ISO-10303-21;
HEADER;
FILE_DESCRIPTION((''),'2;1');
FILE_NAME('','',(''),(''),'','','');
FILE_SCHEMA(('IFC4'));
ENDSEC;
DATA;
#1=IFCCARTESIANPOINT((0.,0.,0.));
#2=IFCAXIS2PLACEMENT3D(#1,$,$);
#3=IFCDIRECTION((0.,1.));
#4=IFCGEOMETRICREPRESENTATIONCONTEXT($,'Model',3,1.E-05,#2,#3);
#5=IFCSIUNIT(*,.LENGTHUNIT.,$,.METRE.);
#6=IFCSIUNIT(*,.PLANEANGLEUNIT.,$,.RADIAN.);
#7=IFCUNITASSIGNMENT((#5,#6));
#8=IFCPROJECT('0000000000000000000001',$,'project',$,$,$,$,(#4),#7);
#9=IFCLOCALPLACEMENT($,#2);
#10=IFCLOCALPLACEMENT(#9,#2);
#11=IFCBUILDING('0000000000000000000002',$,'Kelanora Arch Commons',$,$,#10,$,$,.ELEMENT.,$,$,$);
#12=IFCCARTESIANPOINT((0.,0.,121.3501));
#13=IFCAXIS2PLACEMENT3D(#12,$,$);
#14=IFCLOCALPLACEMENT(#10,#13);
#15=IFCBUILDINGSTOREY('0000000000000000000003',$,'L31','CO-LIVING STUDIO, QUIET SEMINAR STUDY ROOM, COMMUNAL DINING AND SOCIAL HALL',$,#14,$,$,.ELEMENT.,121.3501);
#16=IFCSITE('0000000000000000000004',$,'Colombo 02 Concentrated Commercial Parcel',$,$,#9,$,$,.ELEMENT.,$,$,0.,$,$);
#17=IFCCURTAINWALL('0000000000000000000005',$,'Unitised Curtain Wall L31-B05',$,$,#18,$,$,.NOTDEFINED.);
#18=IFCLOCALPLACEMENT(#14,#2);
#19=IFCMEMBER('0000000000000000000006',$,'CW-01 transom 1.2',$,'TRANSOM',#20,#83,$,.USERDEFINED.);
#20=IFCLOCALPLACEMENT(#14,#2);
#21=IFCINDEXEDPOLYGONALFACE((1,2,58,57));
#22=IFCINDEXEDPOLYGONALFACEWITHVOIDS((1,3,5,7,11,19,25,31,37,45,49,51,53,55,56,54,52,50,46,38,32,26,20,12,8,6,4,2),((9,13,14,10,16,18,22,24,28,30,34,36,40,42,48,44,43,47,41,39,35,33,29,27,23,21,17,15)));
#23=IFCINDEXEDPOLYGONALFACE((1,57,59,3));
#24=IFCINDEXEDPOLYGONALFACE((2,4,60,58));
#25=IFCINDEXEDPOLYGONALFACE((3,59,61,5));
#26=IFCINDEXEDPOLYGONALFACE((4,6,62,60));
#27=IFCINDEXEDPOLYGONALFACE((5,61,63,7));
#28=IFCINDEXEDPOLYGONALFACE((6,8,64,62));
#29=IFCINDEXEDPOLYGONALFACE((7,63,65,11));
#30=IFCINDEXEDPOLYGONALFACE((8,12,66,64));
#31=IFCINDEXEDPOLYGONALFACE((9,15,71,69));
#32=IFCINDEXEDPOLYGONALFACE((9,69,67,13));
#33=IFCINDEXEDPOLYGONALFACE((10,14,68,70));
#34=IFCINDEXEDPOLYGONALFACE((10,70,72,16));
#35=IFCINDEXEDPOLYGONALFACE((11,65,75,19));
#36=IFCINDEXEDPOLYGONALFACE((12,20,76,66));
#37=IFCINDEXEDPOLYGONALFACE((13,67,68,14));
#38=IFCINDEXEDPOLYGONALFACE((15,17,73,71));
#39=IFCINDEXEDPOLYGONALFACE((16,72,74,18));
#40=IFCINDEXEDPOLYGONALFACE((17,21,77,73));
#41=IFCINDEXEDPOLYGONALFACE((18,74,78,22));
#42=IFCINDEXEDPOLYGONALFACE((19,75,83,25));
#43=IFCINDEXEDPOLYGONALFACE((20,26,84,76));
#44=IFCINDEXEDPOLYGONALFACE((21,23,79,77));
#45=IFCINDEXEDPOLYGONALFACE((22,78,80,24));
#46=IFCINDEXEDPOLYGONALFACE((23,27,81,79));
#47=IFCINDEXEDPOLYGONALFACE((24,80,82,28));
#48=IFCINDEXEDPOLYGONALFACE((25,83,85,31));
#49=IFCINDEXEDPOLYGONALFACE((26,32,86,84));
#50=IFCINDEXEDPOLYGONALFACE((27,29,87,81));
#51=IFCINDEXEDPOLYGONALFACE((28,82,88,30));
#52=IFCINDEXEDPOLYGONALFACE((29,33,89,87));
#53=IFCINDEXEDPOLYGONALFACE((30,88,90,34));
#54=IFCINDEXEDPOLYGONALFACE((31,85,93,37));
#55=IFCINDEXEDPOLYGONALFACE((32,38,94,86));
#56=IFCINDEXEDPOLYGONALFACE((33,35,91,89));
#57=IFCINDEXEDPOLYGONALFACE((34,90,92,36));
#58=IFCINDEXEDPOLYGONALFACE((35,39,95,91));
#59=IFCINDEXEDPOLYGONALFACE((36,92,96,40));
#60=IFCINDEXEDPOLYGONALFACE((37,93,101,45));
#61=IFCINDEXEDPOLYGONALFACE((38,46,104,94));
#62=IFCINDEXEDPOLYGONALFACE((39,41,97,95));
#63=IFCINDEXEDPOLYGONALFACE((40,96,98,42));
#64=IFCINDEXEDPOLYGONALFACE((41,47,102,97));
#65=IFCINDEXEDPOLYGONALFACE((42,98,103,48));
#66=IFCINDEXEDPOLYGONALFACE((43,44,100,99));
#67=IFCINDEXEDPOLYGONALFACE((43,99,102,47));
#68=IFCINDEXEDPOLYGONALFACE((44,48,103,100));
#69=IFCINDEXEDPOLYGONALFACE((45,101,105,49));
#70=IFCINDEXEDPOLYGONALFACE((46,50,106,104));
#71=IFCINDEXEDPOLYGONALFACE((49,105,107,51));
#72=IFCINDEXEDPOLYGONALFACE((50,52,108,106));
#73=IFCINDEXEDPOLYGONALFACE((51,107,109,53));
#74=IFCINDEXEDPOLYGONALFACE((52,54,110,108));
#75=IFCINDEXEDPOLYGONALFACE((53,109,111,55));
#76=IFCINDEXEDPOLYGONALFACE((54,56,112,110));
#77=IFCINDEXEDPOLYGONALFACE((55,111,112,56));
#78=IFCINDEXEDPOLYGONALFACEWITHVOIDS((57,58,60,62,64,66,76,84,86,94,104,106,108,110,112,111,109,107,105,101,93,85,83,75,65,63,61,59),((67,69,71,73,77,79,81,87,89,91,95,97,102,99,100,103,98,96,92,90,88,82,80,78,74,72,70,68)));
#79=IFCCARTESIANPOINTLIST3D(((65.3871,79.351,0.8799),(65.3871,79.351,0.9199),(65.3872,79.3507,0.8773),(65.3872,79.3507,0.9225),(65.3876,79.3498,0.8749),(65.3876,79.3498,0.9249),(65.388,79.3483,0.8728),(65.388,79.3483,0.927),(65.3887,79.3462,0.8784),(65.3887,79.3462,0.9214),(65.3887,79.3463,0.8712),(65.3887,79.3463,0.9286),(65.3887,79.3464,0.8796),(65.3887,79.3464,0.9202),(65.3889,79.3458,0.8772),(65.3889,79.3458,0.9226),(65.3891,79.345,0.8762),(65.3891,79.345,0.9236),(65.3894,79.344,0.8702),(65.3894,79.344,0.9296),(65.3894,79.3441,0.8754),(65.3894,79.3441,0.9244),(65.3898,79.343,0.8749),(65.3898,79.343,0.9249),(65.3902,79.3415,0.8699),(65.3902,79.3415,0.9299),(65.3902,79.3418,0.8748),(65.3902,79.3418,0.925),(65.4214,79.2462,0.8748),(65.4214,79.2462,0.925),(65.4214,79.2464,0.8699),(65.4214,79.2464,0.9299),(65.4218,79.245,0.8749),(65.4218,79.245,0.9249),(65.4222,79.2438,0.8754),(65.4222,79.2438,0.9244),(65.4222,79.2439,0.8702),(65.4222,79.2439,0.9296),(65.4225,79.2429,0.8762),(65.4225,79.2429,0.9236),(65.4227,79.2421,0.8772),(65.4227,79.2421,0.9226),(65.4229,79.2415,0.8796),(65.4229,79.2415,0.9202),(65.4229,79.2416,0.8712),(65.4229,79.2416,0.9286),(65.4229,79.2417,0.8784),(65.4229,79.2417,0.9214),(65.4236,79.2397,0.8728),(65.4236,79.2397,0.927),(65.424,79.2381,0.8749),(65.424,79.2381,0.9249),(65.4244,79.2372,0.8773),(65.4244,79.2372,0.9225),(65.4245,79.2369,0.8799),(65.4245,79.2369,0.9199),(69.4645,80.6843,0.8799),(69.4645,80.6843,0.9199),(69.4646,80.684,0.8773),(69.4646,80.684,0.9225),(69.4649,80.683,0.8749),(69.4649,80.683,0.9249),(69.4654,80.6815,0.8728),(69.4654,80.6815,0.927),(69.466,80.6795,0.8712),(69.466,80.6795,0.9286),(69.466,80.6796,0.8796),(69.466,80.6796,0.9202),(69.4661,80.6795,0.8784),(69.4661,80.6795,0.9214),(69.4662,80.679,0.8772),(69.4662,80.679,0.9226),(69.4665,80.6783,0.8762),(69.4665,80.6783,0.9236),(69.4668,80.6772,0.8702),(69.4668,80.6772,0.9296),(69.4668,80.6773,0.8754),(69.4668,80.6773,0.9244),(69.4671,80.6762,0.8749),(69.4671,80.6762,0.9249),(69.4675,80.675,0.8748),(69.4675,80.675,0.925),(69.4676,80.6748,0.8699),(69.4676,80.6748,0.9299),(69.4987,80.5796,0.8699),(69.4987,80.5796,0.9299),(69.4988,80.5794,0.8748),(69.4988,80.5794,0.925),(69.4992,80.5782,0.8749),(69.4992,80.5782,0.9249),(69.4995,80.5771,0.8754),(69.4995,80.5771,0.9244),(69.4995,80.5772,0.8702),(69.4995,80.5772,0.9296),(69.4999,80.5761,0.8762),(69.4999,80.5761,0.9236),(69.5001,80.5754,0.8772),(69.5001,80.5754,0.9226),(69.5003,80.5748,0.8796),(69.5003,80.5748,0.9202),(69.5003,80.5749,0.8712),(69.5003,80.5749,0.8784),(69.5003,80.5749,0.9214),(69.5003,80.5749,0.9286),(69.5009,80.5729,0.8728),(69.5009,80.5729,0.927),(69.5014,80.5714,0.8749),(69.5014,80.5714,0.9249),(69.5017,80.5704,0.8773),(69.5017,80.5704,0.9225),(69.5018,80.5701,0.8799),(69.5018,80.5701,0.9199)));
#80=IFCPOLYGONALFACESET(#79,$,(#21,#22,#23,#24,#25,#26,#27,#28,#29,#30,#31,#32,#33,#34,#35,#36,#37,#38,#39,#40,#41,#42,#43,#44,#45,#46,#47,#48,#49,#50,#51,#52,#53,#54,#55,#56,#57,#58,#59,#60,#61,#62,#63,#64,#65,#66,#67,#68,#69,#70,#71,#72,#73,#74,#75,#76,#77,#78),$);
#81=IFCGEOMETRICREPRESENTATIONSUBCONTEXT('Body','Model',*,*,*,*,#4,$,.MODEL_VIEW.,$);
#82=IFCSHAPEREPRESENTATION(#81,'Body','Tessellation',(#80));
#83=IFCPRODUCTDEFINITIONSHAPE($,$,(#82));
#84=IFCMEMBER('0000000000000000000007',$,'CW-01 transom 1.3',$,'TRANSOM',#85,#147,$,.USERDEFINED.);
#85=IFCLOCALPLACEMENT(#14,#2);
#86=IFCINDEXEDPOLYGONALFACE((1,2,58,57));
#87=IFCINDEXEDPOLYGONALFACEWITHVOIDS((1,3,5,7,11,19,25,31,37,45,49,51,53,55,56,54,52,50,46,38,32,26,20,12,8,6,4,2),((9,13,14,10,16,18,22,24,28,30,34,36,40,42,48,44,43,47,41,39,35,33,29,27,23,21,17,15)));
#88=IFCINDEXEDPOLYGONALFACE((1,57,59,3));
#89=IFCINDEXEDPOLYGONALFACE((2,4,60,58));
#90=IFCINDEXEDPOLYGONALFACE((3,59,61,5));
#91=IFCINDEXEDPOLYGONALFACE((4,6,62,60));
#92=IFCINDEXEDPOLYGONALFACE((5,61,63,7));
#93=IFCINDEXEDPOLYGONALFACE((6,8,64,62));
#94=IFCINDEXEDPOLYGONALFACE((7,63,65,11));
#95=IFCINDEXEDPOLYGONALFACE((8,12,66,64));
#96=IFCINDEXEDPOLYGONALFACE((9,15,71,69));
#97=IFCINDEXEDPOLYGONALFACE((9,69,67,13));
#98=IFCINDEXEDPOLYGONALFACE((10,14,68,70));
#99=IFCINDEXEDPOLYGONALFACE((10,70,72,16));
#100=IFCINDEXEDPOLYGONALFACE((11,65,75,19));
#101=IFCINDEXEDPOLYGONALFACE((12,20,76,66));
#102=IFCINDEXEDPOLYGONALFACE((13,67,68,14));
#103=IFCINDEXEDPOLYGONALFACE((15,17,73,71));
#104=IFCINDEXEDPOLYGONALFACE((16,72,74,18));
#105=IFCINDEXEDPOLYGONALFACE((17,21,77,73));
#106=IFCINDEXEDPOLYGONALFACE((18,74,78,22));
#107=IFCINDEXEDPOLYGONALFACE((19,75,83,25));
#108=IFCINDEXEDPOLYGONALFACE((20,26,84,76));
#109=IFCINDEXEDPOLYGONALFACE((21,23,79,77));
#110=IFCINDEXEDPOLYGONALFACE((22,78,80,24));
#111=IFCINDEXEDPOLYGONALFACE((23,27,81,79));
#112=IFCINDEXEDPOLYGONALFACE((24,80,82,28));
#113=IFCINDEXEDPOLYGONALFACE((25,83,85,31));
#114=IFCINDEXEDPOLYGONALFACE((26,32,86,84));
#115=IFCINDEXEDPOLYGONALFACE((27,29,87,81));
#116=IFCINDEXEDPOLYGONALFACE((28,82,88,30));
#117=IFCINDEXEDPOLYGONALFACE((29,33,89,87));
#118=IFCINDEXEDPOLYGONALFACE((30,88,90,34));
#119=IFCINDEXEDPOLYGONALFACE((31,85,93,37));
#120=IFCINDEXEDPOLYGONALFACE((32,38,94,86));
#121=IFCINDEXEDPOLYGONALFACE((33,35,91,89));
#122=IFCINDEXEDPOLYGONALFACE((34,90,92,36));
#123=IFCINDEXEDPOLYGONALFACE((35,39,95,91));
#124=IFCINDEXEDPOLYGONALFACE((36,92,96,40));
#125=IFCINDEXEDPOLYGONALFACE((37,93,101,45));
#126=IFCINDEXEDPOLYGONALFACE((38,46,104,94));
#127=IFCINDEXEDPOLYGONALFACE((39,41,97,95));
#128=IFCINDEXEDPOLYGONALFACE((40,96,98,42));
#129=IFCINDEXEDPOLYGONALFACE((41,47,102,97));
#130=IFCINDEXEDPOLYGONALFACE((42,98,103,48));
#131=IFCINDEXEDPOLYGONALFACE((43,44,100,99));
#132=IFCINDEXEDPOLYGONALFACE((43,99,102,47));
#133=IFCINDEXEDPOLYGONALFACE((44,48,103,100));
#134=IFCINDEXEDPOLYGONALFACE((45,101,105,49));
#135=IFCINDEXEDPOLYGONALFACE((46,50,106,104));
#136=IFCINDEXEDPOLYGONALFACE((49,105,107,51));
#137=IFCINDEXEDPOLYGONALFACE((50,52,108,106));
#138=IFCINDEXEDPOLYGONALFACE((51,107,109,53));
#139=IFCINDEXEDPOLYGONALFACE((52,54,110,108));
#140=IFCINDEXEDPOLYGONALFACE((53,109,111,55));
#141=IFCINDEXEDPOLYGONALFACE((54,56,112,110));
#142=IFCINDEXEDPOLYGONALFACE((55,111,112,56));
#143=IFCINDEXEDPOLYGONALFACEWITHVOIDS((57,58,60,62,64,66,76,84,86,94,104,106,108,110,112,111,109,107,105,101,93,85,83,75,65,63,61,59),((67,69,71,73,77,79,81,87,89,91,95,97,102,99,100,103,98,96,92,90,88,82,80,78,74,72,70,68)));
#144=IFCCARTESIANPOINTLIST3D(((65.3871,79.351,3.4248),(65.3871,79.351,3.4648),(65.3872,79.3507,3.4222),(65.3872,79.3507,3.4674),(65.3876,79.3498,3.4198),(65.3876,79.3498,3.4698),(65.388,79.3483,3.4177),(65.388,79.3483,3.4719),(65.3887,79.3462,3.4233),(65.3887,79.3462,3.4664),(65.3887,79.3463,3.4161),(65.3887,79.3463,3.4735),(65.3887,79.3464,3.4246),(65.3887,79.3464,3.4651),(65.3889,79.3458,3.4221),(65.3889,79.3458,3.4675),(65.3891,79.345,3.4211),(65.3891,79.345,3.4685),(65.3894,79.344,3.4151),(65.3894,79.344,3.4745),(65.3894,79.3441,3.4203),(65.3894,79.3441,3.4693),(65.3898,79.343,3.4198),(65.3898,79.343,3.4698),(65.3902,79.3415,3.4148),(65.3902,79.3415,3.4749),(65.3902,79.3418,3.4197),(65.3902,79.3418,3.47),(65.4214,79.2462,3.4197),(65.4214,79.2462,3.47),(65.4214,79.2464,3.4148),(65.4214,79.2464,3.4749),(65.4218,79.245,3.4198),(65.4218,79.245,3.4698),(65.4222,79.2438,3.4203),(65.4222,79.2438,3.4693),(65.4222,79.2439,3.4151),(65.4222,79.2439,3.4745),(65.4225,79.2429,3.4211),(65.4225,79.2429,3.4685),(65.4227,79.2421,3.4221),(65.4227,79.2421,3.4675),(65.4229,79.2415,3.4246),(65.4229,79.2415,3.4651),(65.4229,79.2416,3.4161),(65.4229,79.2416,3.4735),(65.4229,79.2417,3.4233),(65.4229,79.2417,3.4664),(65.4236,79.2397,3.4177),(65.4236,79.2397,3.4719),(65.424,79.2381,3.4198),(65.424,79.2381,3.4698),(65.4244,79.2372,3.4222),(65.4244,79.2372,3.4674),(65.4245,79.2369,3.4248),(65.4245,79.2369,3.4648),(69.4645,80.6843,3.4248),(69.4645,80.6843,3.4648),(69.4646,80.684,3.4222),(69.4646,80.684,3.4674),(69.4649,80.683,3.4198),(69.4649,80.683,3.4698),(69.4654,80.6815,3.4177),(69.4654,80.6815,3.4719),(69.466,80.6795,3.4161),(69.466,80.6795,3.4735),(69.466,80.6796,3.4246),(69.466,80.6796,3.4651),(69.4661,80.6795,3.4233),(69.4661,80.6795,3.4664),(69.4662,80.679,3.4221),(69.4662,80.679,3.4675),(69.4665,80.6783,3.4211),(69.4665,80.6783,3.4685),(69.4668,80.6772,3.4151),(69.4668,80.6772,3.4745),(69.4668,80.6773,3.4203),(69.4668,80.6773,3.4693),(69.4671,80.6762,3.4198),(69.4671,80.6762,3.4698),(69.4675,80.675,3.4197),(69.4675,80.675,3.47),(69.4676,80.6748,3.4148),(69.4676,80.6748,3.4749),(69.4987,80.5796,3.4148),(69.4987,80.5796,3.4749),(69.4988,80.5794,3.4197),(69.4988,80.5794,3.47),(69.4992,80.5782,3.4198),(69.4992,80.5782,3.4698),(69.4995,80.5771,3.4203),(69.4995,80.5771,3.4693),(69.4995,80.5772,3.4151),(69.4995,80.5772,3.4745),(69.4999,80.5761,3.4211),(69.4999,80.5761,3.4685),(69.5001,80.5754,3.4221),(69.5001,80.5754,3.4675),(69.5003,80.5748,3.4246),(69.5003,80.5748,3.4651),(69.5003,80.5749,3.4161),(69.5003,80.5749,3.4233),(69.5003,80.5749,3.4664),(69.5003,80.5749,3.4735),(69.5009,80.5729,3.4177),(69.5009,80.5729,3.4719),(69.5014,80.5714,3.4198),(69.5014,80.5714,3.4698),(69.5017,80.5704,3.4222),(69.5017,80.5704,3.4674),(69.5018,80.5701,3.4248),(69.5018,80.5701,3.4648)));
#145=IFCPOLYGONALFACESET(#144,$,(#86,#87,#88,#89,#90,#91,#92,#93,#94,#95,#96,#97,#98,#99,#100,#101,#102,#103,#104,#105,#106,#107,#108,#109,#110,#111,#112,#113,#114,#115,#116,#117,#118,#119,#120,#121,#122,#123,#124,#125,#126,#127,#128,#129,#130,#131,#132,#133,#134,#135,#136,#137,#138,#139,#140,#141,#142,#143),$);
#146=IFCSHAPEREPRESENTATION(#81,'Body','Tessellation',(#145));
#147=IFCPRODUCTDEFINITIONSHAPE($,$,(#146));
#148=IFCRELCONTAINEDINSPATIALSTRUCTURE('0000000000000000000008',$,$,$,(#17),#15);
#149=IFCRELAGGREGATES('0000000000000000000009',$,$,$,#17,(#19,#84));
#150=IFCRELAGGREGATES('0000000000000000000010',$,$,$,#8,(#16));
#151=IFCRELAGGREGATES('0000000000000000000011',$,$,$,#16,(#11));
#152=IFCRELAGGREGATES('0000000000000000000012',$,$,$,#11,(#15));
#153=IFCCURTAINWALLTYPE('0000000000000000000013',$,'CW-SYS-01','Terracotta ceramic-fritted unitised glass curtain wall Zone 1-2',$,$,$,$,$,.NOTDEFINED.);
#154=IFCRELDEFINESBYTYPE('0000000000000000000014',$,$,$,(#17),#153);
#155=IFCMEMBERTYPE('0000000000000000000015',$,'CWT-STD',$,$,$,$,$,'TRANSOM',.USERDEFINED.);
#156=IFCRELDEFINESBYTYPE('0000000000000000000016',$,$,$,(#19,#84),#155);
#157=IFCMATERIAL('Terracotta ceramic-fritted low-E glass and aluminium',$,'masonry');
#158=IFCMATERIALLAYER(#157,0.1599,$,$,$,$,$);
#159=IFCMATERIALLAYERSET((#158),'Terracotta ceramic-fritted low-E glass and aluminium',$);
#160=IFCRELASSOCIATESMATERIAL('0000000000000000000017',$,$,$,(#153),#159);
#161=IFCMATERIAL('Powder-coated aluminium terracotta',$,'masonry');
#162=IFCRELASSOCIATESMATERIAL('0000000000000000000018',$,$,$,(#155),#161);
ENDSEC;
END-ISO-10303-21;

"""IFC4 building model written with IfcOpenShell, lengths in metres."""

from ifc_helpers import new_model, si_unit, direction, frame, origin, origin_2d, place, context, subcontext, project, spatial, hollow_rectangle, extrude, material, layer, layer_set, material_profile, profile_set, type_object, element, aggregate, save


model = new_model("IFC4")

# Units and contexts
model_context = context("Model", 3, precision=1e-05, world=origin(), true_north=direction((0.0, 1.0)))
body_context = subcontext(model_context, "Body", "Model", "MODEL_VIEW")
ifc_project = project(units=[si_unit("LENGTHUNIT", "METRE"), si_unit("PLANEANGLEUNIT", "RADIAN")], contexts=[model_context])

# Site, building, storey
site_placement = place(None, origin())
site = spatial("IfcSite", under=ifc_project, at=site_placement, Name="Colombo 02 Concentrated Commercial Parcel", CompositionType="ELEMENT", RefElevation=0.0)
building_placement = place(site_placement, origin())
building = spatial("IfcBuilding", under=site, at=building_placement, Name="Kelanora Arch Commons", CompositionType="ELEMENT")
storey_placement = place(building_placement, frame((0.0, 0.0, 121.3501)))
storey = spatial("IfcBuildingStorey", under=building, at=storey_placement, Name="L31", Description="CO-LIVING STUDIO, QUIET SEMINAR STUDY ROOM, COMMUNAL DINING AND SOCIAL HALL", CompositionType="ELEMENT", Elevation=121.3501)

# Curtain wall, members
ifc_material_1 = material(Name="Terracotta ceramic-fritted low-E glass and aluminium", Category="masonry")
ifc_layer_1 = layer(ifc_material_1, 0.1599)
ifc_layer_set_1 = layer_set([ifc_layer_1], Name="Terracotta ceramic-fritted low-E glass and aluminium")
curtain_wall_type = type_object("IfcCurtainWallType", Name="CW-SYS-01", Description="Terracotta ceramic-fritted unitised glass curtain wall Zone 1-2", PredefinedType="NOTDEFINED", material=ifc_layer_set_1)
curtain_wall_placement = place(storey_placement, origin())
curtain_wall = element("IfcCurtainWall", 1, at=curtain_wall_placement, inside=storey, type_object=curtain_wall_type, Name="Unitised Curtain Wall L31-B05", PredefinedType="NOTDEFINED")
ifc_material_2 = material(Name="Powder-coated aluminium terracotta", Category="masonry")
ifc_material_profile_1 = material_profile(ifc_material_2, hollow_rectangle(XDim=0.1201, YDim=0.0601, WallThickness=0.0049, InnerFilletRadius=0.0049, OuterFilletRadius=0.01, at=origin_2d()), Name="CWT120x60")
ifc_profile_set_1 = profile_set([ifc_material_profile_1], Name="Powder-coated aluminium terracotta")
member_type_1 = type_object("IfcMemberType", Name="CWT-STD", ElementType="TRANSOM", PredefinedType="USERDEFINED", material=ifc_profile_set_1)
member_1_placement = place(storey_placement, frame((69.4832, 80.6272, 0.8999), z_axis=(-0.950478, -0.310793, 0.0), x_axis=(0.310793, -0.950478, 0.0)))
member_1 = element("IfcMember", 2, at=member_1_placement, type_object=member_type_1, Name="CW-01 transom 1.2", ObjectType="TRANSOM", PredefinedType="USERDEFINED", context=body_context, shape_type="SweptSolid", body=[
    extrude(hollow_rectangle(XDim=0.1201, YDim=0.0601, WallThickness=0.0049, InnerFilletRadius=0.0049, OuterFilletRadius=0.01, at=origin_2d()), origin(), (0.0, 0.0, 1.0), 4.2898),
])
member_2_placement = place(storey_placement, frame((69.4832, 80.6272, 3.4448), z_axis=(-0.950478, -0.310793, 0.0), x_axis=(0.310793, -0.950478, 0.0)))
member_2 = element("IfcMember", 3, at=member_2_placement, type_object=member_type_1, Name="CW-01 transom 1.3", ObjectType="TRANSOM", PredefinedType="USERDEFINED", context=body_context, shape_type="SweptSolid", body=[
    extrude(hollow_rectangle(XDim=0.1201, YDim=0.0601, WallThickness=0.0049, InnerFilletRadius=0.0049, OuterFilletRadius=0.01, at=origin_2d()), origin(), (0.0, 0.0, 1.0), 4.2898),
])
aggregate(curtain_wall, [member_1, member_2])

save(model, "model.ifc")
